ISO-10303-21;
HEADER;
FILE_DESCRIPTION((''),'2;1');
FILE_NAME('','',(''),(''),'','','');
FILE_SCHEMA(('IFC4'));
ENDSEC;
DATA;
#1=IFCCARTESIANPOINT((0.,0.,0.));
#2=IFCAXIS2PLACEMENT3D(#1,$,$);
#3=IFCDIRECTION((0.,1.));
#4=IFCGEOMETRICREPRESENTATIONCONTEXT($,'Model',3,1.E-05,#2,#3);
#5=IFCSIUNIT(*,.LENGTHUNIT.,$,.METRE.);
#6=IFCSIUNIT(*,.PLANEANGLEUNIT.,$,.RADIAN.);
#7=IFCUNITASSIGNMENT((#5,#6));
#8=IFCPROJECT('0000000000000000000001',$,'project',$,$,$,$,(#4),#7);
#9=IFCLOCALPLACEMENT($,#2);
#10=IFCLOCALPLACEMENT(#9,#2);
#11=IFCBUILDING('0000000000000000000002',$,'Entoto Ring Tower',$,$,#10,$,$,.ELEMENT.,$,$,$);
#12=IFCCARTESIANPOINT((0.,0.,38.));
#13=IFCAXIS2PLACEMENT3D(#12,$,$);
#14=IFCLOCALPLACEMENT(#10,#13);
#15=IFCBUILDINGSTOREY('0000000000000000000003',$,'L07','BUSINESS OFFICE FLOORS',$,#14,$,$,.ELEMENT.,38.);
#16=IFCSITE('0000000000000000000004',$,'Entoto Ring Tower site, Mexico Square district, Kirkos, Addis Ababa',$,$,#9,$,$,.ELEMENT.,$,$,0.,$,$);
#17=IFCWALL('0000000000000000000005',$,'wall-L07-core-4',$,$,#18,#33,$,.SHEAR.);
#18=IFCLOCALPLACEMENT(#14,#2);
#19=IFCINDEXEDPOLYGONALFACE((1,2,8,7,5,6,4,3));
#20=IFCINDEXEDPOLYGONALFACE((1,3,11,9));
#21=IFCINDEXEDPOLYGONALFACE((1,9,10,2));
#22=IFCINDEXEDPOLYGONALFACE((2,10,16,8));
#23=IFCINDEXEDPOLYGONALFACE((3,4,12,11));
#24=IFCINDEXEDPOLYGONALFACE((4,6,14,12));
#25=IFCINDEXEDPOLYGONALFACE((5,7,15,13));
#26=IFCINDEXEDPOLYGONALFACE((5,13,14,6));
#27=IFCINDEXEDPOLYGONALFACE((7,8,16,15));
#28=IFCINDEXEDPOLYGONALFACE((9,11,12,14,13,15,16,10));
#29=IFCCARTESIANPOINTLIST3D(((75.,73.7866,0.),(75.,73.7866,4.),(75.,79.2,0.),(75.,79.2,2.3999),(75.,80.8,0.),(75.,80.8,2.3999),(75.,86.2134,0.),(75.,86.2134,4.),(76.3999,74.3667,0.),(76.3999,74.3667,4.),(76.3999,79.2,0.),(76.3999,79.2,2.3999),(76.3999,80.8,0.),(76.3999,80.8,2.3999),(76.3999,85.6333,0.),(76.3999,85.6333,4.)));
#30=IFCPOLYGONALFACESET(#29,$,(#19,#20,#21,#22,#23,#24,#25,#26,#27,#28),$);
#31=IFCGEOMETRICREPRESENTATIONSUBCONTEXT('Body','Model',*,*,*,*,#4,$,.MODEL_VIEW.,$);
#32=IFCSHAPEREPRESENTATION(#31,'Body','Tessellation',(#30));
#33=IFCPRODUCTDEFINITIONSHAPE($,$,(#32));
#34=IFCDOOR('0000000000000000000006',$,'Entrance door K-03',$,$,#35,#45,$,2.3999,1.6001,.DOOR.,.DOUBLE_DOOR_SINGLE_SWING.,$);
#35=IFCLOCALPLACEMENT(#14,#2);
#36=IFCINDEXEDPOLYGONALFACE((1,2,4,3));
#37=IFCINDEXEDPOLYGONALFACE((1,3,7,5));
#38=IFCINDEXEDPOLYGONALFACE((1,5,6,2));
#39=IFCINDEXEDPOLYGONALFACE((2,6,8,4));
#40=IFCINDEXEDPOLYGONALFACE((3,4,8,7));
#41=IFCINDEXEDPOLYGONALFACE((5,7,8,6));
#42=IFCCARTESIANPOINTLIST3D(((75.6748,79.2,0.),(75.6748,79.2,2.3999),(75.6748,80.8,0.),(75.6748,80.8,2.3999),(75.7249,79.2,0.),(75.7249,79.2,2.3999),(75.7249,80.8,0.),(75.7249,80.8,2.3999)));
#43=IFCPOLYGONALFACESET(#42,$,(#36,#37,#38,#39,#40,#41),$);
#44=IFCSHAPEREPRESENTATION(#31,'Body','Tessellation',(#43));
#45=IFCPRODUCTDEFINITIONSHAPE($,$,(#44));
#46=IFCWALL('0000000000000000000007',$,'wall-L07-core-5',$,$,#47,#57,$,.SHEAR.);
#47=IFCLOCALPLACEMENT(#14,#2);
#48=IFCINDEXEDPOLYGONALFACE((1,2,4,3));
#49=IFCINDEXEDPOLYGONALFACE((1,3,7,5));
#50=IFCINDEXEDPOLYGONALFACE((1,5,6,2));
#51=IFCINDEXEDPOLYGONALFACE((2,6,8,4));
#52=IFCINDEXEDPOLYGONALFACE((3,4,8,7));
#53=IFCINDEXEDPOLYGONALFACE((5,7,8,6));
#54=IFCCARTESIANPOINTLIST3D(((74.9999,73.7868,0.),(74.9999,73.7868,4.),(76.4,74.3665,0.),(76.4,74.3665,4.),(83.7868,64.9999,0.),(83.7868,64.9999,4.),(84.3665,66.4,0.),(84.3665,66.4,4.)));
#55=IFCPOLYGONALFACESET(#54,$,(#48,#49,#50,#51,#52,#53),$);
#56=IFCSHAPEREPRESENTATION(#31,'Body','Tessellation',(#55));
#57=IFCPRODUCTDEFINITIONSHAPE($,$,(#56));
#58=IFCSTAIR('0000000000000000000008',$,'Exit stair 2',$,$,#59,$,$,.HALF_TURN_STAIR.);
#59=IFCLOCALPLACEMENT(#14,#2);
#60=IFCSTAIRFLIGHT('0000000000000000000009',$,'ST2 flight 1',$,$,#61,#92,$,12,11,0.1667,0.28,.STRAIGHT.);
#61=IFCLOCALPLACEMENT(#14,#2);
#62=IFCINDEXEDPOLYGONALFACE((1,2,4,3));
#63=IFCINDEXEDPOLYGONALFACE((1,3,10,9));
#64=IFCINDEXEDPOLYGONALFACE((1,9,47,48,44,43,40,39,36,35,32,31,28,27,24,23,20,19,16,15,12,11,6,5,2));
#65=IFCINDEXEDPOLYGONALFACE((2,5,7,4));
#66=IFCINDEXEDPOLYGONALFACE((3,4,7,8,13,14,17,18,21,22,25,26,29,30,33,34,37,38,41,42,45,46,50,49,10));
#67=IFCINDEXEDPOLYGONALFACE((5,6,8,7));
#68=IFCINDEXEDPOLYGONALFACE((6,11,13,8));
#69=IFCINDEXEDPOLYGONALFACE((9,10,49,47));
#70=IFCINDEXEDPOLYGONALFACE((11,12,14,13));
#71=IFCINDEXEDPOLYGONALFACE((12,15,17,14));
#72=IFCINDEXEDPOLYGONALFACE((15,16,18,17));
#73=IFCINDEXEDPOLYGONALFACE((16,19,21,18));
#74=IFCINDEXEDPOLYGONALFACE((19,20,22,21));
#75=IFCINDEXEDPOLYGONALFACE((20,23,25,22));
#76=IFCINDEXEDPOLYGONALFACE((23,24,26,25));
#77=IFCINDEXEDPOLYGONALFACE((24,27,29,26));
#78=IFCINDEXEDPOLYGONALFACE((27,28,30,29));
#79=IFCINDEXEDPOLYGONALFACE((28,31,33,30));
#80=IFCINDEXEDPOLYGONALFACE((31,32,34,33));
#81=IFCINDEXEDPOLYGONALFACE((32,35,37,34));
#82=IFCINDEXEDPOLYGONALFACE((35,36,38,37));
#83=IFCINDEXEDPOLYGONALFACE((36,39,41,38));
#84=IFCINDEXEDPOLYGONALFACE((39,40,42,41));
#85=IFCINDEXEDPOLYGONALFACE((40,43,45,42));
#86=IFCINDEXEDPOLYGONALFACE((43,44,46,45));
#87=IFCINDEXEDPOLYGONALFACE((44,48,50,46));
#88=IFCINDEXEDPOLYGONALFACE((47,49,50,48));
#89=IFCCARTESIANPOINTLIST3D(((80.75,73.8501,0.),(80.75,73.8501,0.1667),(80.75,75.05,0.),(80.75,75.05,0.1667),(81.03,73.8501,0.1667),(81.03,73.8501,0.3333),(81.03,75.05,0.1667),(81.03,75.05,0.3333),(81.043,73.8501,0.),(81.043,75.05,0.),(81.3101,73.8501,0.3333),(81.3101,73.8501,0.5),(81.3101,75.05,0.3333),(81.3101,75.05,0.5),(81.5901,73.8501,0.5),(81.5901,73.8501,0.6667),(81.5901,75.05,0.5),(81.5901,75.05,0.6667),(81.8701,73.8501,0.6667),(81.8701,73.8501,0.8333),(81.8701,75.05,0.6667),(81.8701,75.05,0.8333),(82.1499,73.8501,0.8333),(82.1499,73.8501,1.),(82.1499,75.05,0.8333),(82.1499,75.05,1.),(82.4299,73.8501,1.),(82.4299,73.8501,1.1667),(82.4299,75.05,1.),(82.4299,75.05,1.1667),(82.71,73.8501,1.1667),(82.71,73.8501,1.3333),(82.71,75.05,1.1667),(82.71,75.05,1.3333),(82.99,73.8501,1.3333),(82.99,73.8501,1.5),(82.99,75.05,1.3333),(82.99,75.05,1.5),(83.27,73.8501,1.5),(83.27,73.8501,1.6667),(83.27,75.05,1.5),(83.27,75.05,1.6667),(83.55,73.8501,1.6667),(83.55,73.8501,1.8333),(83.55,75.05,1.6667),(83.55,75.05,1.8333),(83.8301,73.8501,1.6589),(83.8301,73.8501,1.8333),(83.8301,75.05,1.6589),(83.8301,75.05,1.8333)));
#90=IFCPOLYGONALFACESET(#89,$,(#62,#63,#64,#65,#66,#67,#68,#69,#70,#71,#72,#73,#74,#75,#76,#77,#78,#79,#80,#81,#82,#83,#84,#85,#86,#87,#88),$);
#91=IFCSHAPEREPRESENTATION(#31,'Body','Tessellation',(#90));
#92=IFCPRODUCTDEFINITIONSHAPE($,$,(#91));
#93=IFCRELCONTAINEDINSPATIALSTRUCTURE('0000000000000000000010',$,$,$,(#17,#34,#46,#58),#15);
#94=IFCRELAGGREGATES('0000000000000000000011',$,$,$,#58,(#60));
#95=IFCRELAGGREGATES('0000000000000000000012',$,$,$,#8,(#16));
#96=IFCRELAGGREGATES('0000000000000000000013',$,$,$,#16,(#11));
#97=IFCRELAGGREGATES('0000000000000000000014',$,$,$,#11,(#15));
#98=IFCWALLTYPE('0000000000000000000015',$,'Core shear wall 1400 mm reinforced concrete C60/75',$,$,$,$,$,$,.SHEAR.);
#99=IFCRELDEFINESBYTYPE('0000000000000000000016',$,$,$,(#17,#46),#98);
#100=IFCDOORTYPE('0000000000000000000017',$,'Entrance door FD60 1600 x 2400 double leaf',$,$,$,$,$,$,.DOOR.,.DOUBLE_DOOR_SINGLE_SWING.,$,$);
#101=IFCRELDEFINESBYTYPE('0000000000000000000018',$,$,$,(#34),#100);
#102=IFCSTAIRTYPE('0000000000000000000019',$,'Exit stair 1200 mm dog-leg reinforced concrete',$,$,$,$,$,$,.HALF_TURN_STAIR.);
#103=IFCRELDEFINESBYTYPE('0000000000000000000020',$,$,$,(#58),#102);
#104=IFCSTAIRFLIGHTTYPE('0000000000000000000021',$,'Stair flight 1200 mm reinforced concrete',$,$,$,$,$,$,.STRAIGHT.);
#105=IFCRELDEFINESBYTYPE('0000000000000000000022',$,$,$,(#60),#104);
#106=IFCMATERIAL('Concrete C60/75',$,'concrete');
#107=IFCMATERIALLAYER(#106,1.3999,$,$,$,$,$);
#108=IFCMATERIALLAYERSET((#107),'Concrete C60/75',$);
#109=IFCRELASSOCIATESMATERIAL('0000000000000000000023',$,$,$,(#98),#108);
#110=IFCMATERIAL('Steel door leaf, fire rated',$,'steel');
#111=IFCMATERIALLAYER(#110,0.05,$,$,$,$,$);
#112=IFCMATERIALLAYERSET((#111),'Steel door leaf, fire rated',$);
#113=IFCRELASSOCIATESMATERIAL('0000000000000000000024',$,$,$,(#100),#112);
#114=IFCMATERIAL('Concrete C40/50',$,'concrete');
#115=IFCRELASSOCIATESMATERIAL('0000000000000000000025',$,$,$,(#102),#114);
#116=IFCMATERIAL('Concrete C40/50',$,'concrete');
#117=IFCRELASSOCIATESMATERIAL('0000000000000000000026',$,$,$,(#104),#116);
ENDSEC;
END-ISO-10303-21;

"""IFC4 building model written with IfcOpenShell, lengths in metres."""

from ifc_helpers import new_model, si_unit, direction, frame, frame_2d, origin, place, context, subcontext, project, spatial, polyline, rectangle, outline, extrude, material, layer, layer_set, type_object, element, fill, aggregate, save


model = new_model("IFC4")

# Units and contexts
model_context = context("Model", 3, precision=1e-05, world=origin(), true_north=direction((0.0, 1.0)))
body_context = subcontext(model_context, "Body", "Model", "MODEL_VIEW")
ifc_project = project(units=[si_unit("LENGTHUNIT", "METRE"), si_unit("PLANEANGLEUNIT", "RADIAN")], contexts=[model_context])

# Site, building, storey
site_placement = place(None, origin())
site = spatial("IfcSite", under=ifc_project, at=site_placement, Name="Entoto Ring Tower site, Mexico Square district, Kirkos, Addis Ababa", CompositionType="ELEMENT", RefElevation=0.0)
building_placement = place(site_placement, origin())
building = spatial("IfcBuilding", under=site, at=building_placement, Name="Entoto Ring Tower", CompositionType="ELEMENT")
storey_placement = place(building_placement, frame((0.0, 0.0, 38.0)))
storey = spatial("IfcBuildingStorey", under=building, at=storey_placement, Name="L07", Description="BUSINESS OFFICE FLOORS", CompositionType="ELEMENT", Elevation=38.0)

# Wall, opening, door
ifc_material_1 = material(Name="Concrete C60/75", Category="concrete")
ifc_layer_1 = layer(ifc_material_1, 1.3999)
ifc_layer_set_1 = layer_set([ifc_layer_1], Name="Concrete C60/75")
wall_type_1 = type_object("IfcWallType", Name="Core shear wall 1400 mm reinforced concrete C60/75", PredefinedType="SHEAR", material=ifc_layer_set_1)
wall_1_placement = place(storey_placement, frame((75.7, 85.9233, 0.0), z_axis=(0.0, 0.0, 1.0), x_axis=(0.0, -1.0, 0.0)))
wall_1 = element("IfcWall", 1, at=wall_1_placement, inside=storey, type_object=wall_type_1, Name="wall-L07-core-4", PredefinedType="SHEAR", context=body_context, shape_type="SweptSolid", body=[
    extrude(outline(polyline([(-0.29, -0.7), (12.1367, -0.7), (11.5566, 0.7), (0.29, 0.7), (-0.29, -0.7)])), origin(), (0.0, 0.0, 1.0), 4.0),
])
opening_1_placement = place(wall_1_placement, frame((5.1233, 0.0, 0.0)))
opening_1 = element("IfcOpeningElement", 2, at=opening_1_placement, cuts=wall_1, PredefinedType="OPENING", context=body_context, shape_type="SweptSolid", body=[
    extrude(rectangle(XDim=1.6001, YDim=2.3999, at=frame_2d((0.8, 1.2))), frame((0.0, 0.71, 0.0), z_axis=(0.0, -1.0, 0.0), x_axis=(1.0, 0.0, 0.0)), (0.0, 0.0, 1.0), 1.4199),
])
ifc_material_2 = material(Name="Steel door leaf, fire rated", Category="steel")
ifc_layer_2 = layer(ifc_material_2, 0.05)
ifc_layer_set_2 = layer_set([ifc_layer_2], Name="Steel door leaf, fire rated")
door_type_1 = type_object("IfcDoorType", Name="Entrance door FD60 1600 x 2400 double leaf", OperationType="DOUBLE_DOOR_SINGLE_SWING", PredefinedType="DOOR", material=ifc_layer_set_2)
door_1_placement = place(opening_1_placement, origin())
door_1 = element("IfcDoor", 3, at=door_1_placement, inside=storey, type_object=door_type_1, Name="Entrance door K-03", OperationType="DOUBLE_DOOR_SINGLE_SWING", OverallHeight=2.3999, OverallWidth=1.6001, PredefinedType="DOOR", context=body_context, shape_type="SweptSolid", body=[
    extrude(rectangle(XDim=1.6001, YDim=2.3999, at=frame_2d((0.8, 1.2))), frame((0.0, 0.0249, 0.0), z_axis=(0.0, -1.0, 0.0), x_axis=(1.0, 0.0, 0.0)), (0.0, 0.0, 1.0), 0.05),
])
fill(opening_1, door_1)

# Wall
wall_2_placement = place(storey_placement, frame((75.7, 74.0767, 0.0), z_axis=(0.0, 0.0, 1.0), x_axis=(0.707107, -0.707107, 0.0)))
element("IfcWall", 4, at=wall_2_placement, inside=storey, type_object=wall_type_1, Name="wall-L07-core-5", PredefinedType="SHEAR", context=body_context, shape_type="SweptSolid", body=[
    extrude(outline(polyline([(-0.29, -0.7), (12.1365, -0.7), (11.5564, 0.7), (0.29, 0.7), (-0.29, -0.7)])), origin(), (0.0, 0.0, 1.0), 4.0),
])

# Stair, stair flight
ifc_material_3 = material(Name="Concrete C40/50", Category="concrete")
stair_type = type_object("IfcStairType", Name="Exit stair 1200 mm dog-leg reinforced concrete", PredefinedType="HALF_TURN_STAIR", material=ifc_material_3)
stair_placement = place(storey_placement, origin())
stair = element("IfcStair", 5, at=stair_placement, inside=storey, type_object=stair_type, Name="Exit stair 2", PredefinedType="HALF_TURN_STAIR")
ifc_material_4 = material(Name="Concrete C40/50", Category="concrete")
stair_flight_type = type_object("IfcStairFlightType", Name="Stair flight 1200 mm reinforced concrete", PredefinedType="STRAIGHT", material=ifc_material_4)
stair_flight_placement = place(storey_placement, frame((80.75, 74.45, 0.0), z_axis=(0.0, 0.0, 1.0), x_axis=(1.0, 0.0, 0.0)))
stair_flight = element("IfcStairFlight", 6, at=stair_flight_placement, type_object=stair_flight_type, Name="ST2 flight 1", NumberOfRisers=12, NumberOfTreads=11, PredefinedType="STRAIGHT", RiserHeight=0.1667, TreadLength=0.28, context=body_context, shape_type="SweptSolid", body=[
    extrude(outline(polyline([(0.0, 0.0), (0.0, 0.1667), (0.28, 0.1667), (0.28, 0.3333), (0.5601, 0.3333), (0.5601, 0.5), (0.8401, 0.5), (0.8401, 0.6667), (1.1201, 0.6667), (1.1201, 0.8333), (1.3999, 0.8333), (1.3999, 1.0), (1.6799, 1.0), (1.6799, 1.1667), (1.96, 1.1667), (1.96, 1.3333), (2.24, 1.3333), (2.24, 1.5), (2.52, 1.5), (2.52, 1.6667), (2.8, 1.6667), (2.8, 1.8333), (3.0801, 1.8333), (3.0801, 2.0), (3.0801, 1.6589), (0.293, 0.0), (0.0, 0.0)])), frame((0.0, 0.6001, 0.0), z_axis=(0.0, -1.0, 0.0), x_axis=(1.0, 0.0, 0.0)), (0.0, 0.0, 1.0), 1.2),
])
aggregate(stair, [stair_flight])

save(model, "model.ifc")
